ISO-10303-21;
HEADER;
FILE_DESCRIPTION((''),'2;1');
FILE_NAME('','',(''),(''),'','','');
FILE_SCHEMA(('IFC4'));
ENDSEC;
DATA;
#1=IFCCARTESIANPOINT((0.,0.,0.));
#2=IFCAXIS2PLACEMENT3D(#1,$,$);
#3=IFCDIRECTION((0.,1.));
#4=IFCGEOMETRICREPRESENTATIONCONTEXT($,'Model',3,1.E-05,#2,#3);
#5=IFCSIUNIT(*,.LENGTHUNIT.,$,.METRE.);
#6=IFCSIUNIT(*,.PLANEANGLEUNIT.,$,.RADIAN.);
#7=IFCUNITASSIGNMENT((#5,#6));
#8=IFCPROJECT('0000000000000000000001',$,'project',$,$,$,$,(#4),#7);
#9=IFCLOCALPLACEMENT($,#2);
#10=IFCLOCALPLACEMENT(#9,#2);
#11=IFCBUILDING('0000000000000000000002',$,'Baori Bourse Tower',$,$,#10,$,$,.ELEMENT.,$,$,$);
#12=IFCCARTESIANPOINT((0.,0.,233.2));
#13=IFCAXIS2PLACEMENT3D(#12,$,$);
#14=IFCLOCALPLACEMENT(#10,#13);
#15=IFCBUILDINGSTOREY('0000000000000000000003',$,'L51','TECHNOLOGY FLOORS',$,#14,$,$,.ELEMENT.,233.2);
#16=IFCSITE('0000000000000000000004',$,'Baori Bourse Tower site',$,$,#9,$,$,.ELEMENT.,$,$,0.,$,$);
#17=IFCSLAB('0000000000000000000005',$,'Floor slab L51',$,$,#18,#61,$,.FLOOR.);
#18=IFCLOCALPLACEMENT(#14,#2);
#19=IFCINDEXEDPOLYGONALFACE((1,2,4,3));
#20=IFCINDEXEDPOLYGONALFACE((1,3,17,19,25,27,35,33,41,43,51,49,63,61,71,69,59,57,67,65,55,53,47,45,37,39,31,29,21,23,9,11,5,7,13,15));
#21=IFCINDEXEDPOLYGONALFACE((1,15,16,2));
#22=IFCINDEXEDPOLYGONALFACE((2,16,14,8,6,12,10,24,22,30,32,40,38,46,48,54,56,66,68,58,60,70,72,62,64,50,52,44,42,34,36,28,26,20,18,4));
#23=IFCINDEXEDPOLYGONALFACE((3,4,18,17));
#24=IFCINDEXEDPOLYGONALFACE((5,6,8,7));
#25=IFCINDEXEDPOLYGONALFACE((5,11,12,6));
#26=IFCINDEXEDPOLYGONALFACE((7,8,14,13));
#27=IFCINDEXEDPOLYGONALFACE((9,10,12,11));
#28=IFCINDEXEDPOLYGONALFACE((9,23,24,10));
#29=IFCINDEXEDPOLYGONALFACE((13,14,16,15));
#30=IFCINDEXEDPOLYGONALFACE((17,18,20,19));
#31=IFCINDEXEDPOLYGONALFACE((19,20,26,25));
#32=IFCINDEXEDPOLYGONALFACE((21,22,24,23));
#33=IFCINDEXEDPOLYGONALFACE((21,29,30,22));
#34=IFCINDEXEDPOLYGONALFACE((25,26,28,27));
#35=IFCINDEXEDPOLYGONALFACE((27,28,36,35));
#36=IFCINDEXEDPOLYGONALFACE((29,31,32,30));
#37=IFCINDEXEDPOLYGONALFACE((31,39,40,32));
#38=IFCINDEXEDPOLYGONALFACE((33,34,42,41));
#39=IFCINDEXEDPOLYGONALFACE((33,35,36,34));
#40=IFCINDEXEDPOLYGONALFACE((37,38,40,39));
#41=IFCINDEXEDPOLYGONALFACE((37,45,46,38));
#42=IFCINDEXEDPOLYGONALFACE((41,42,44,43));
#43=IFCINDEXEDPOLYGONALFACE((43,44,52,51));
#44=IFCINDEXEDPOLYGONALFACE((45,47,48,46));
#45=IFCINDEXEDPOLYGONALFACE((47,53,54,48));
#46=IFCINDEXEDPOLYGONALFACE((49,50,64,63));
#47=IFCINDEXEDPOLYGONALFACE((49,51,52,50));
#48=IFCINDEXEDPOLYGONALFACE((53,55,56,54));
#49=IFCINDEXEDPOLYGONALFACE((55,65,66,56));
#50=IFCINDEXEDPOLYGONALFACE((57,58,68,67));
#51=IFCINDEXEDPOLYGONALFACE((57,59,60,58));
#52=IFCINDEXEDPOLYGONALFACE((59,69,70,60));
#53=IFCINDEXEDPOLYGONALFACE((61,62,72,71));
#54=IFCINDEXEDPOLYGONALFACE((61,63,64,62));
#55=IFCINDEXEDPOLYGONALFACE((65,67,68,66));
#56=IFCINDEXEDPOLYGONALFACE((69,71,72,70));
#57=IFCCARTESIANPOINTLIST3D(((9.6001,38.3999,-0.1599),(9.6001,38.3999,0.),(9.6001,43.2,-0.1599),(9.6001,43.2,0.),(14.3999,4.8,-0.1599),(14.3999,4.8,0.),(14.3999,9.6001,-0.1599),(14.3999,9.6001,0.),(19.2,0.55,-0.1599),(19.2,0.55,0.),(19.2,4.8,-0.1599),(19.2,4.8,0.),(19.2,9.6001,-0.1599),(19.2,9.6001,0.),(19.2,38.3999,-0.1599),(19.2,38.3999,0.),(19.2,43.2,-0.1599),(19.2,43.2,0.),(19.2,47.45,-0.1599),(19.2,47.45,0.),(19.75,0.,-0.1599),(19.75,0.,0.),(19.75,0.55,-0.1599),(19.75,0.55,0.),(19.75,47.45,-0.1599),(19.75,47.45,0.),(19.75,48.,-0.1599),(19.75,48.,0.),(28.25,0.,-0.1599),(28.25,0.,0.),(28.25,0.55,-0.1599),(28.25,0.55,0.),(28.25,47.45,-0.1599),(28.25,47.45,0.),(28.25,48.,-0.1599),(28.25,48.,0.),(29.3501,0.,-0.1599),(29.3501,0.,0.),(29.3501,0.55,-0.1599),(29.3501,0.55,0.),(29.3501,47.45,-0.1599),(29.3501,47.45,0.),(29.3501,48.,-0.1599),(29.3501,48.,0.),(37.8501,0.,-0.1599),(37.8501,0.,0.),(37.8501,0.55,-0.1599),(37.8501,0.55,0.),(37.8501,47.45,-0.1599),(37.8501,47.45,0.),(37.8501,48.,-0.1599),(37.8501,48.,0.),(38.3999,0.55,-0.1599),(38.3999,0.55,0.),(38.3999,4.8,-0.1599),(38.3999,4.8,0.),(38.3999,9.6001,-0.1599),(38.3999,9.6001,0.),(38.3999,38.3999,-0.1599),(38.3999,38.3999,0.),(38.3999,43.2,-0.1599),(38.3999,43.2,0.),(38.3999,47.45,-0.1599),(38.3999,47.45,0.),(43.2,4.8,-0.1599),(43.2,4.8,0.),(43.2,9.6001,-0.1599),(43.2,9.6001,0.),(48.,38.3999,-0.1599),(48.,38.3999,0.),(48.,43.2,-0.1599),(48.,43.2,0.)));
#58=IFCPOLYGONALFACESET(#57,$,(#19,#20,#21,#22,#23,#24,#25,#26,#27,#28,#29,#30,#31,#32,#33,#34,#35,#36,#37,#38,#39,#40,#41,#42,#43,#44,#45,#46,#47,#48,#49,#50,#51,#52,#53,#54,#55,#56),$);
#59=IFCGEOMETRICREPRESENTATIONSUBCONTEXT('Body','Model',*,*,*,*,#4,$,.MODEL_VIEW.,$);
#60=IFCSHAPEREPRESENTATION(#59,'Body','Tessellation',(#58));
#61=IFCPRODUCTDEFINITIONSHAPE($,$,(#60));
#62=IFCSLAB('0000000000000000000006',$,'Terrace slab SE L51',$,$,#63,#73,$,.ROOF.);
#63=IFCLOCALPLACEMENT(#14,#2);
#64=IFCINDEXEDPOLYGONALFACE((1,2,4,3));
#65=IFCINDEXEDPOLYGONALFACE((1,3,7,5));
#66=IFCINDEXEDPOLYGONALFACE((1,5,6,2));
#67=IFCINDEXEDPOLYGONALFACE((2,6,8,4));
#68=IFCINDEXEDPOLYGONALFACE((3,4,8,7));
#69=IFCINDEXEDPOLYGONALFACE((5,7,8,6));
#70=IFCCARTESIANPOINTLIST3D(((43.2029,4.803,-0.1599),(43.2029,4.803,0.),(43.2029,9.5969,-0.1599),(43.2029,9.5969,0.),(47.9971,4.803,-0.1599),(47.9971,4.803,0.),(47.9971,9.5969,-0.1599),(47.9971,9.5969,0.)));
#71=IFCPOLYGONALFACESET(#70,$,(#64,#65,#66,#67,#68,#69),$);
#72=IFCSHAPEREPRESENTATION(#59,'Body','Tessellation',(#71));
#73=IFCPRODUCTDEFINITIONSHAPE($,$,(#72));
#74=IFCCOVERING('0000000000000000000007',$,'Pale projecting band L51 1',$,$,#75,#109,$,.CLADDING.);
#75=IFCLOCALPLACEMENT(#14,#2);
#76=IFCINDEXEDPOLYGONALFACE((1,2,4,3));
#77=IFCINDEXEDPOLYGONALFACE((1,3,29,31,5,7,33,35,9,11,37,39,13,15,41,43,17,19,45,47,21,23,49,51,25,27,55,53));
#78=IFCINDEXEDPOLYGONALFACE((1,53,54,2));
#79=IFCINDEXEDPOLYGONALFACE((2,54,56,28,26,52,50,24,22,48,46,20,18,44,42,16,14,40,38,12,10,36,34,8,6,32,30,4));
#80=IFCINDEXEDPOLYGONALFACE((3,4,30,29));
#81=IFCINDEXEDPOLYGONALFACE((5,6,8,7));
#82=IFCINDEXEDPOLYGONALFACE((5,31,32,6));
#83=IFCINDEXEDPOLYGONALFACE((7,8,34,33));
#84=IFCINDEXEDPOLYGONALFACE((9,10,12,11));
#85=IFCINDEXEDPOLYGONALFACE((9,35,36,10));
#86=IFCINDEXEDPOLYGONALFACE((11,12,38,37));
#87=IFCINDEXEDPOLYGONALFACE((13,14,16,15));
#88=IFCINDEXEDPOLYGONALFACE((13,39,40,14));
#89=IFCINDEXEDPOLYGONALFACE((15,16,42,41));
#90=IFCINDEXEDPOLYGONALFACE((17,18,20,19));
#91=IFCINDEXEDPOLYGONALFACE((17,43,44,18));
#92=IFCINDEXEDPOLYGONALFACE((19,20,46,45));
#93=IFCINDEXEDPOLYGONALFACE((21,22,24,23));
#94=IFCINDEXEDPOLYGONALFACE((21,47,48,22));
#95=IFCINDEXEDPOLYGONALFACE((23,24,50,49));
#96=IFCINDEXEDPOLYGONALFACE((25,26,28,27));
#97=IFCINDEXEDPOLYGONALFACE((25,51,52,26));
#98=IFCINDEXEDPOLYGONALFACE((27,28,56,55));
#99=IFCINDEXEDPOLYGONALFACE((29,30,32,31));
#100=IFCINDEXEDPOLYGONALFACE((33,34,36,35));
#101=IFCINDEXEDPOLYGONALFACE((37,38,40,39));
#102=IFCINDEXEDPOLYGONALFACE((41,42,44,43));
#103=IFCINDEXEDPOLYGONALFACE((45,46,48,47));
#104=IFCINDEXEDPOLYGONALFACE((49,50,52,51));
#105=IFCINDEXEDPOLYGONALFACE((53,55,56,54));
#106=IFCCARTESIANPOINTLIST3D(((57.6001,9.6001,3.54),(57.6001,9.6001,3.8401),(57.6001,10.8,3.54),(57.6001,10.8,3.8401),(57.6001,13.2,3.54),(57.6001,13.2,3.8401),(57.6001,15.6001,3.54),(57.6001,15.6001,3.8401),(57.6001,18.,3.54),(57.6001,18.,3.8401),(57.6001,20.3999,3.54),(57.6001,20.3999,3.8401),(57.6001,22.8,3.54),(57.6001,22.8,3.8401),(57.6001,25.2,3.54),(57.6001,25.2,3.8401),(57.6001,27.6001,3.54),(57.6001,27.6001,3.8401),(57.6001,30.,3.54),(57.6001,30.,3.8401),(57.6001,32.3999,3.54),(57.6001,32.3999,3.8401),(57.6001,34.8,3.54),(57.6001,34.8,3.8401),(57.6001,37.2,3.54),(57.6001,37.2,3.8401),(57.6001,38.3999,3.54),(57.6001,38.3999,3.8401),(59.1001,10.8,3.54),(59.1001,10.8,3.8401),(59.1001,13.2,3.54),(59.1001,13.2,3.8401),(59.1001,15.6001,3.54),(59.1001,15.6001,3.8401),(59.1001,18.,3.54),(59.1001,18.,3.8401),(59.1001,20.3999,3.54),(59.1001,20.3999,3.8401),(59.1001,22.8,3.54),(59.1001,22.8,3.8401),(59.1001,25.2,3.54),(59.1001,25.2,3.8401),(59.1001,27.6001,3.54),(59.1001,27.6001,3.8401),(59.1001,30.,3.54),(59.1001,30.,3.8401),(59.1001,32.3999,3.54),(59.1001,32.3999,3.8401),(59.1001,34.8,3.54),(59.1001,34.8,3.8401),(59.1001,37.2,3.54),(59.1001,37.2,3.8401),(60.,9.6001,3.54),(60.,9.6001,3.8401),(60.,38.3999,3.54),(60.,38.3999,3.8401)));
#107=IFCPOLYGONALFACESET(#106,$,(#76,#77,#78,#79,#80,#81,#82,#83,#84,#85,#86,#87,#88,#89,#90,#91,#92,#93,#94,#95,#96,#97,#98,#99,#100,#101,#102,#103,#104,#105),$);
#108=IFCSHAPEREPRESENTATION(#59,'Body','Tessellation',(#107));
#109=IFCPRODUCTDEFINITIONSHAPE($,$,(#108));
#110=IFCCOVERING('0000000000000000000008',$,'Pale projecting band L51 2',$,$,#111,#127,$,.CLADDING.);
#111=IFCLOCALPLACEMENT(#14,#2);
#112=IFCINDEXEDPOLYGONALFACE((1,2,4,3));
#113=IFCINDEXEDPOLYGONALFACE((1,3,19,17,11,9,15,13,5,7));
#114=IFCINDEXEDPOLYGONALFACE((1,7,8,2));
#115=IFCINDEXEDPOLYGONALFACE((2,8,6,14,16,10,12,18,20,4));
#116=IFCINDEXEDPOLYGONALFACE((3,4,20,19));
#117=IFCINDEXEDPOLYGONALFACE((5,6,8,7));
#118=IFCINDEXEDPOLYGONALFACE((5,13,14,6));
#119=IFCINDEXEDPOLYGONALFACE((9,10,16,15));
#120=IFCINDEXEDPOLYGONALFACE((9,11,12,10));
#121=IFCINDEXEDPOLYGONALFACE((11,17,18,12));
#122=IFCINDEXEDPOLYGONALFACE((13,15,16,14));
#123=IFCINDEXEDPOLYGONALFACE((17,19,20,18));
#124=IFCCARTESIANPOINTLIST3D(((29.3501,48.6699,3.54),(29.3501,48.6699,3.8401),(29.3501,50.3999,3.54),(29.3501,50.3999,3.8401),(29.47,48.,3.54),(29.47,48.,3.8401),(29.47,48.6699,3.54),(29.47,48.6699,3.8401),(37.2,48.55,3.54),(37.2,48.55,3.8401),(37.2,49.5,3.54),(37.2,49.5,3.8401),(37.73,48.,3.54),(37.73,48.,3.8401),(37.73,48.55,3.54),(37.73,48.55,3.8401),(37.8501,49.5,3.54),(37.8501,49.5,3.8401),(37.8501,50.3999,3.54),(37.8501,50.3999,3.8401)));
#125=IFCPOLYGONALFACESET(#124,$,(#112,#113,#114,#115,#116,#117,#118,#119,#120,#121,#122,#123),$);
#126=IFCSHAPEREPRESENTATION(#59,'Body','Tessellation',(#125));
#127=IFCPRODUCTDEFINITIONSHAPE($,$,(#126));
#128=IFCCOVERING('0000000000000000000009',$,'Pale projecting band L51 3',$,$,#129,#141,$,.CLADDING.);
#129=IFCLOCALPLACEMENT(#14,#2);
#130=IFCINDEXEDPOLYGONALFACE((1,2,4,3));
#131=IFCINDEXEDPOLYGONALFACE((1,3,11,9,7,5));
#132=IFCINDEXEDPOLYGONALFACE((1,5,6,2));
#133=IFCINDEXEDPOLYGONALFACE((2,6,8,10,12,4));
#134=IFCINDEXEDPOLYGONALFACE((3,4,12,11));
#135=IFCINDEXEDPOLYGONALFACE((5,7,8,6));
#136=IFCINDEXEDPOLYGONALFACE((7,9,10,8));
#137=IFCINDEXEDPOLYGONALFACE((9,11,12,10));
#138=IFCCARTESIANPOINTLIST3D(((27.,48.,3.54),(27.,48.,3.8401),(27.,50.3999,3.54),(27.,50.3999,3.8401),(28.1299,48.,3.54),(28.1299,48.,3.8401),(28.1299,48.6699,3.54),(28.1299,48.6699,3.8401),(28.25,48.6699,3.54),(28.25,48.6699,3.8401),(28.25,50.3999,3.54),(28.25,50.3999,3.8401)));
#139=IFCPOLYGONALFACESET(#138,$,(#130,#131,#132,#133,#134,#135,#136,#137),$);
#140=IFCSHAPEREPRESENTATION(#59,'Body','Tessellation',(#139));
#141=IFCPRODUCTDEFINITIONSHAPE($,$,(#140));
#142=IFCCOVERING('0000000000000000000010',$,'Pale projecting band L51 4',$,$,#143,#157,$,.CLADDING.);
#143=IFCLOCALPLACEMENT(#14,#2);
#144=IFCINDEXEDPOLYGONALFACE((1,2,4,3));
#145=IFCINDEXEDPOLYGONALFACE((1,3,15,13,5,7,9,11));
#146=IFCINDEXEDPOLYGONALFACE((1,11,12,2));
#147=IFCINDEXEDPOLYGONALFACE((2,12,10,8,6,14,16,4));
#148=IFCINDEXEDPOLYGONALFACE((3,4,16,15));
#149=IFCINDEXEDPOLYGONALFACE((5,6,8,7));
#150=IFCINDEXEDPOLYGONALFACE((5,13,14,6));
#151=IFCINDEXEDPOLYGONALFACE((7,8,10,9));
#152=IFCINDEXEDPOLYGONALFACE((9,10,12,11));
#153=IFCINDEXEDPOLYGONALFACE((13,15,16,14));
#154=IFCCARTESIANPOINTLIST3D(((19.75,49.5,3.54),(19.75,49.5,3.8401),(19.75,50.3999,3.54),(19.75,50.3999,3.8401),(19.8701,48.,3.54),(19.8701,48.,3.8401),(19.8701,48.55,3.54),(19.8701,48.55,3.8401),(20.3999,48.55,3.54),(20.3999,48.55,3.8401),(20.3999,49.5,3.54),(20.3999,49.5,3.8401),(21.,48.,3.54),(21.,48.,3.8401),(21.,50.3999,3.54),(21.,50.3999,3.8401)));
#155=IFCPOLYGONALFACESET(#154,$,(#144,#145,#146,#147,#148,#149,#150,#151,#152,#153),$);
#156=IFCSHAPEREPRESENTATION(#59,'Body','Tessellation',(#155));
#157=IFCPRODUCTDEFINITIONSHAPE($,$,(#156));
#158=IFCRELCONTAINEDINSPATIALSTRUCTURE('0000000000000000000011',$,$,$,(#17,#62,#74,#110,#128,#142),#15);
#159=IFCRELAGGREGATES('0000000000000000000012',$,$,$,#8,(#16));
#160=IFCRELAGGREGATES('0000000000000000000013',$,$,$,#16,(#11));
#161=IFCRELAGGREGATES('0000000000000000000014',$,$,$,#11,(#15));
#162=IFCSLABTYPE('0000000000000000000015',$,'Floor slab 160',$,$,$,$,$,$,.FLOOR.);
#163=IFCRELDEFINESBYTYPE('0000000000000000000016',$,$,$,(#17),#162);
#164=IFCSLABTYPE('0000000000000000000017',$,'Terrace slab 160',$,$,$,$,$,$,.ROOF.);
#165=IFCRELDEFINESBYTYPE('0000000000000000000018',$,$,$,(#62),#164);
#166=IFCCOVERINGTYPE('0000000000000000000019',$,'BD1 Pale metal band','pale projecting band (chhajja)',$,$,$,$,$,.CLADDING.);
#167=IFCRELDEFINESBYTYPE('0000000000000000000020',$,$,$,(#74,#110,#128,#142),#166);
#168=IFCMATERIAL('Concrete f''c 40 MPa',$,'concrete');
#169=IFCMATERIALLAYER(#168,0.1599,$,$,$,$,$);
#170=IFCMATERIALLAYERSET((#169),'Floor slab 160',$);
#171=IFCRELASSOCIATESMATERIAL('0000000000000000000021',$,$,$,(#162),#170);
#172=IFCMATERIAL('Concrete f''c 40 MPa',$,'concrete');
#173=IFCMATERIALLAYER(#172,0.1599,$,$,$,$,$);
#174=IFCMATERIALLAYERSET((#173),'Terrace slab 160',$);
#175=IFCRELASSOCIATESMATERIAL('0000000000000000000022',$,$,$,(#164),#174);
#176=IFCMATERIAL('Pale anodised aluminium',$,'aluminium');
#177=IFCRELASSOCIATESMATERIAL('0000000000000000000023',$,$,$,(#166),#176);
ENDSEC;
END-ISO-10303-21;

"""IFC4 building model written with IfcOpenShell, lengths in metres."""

from ifc_helpers import new_model, si_unit, direction, frame, origin, place, context, subcontext, project, spatial, polyline, outline, extrude, material, layer, layer_set, type_object, element, save


model = new_model("IFC4")

# Units and contexts
model_context = context("Model", 3, precision=1e-05, world=origin(), true_north=direction((0.0, 1.0)))
body_context = subcontext(model_context, "Body", "Model", "MODEL_VIEW")
ifc_project = project(units=[si_unit("LENGTHUNIT", "METRE"), si_unit("PLANEANGLEUNIT", "RADIAN")], contexts=[model_context])

# Site, building, storey
site_placement = place(None, origin())
site = spatial("IfcSite", under=ifc_project, at=site_placement, Name="Baori Bourse Tower site", CompositionType="ELEMENT", RefElevation=0.0)
building_placement = place(site_placement, origin())
building = spatial("IfcBuilding", under=site, at=building_placement, Name="Baori Bourse Tower", CompositionType="ELEMENT")
storey_placement = place(building_placement, frame((0.0, 0.0, 233.2)))
storey = spatial("IfcBuildingStorey", under=building, at=storey_placement, Name="L51", Description="TECHNOLOGY FLOORS", CompositionType="ELEMENT", Elevation=233.2)

# Slabs
ifc_material_1 = material(Name="Concrete f'c 40 MPa", Category="concrete")
ifc_layer_1 = layer(ifc_material_1, 0.1599)
ifc_layer_set_1 = layer_set([ifc_layer_1], Name="Floor slab 160")
slab_type_1 = type_object("IfcSlabType", Name="Floor slab 160", PredefinedType="FLOOR", material=ifc_layer_set_1)
slab_1_placement = place(storey_placement, frame((0.0, 0.0, -0.1599)))
element("IfcSlab", 1, at=slab_1_placement, inside=storey, type_object=slab_type_1, Name="Floor slab L51", PredefinedType="FLOOR", context=body_context, shape_type="SweptSolid", body=[
    extrude(outline(polyline([(19.2, 4.8), (14.3999, 4.8), (14.3999, 9.6001), (19.2, 9.6001), (19.2, 38.3999), (9.6001, 38.3999), (9.6001, 43.2), (19.2, 43.2), (19.2, 47.45), (19.75, 47.45), (19.75, 48.0), (28.25, 48.0), (28.25, 47.45), (29.3501, 47.45), (29.3501, 48.0), (37.8501, 48.0), (37.8501, 47.45), (38.3999, 47.45), (38.3999, 43.2), (48.0, 43.2), (48.0, 38.3999), (38.3999, 38.3999), (38.3999, 9.6001), (43.2, 9.6001), (43.2, 4.8), (38.3999, 4.8), (38.3999, 0.55), (37.8501, 0.55), (37.8501, 0.0), (29.3501, 0.0), (29.3501, 0.55), (28.25, 0.55), (28.25, 0.0), (19.75, 0.0), (19.75, 0.55), (19.2, 0.55), (19.2, 4.8)])), origin(), (0.0, 0.0, 1.0), 0.1599),
])
ifc_material_2 = material(Name="Concrete f'c 40 MPa", Category="concrete")
ifc_layer_2 = layer(ifc_material_2, 0.1599)
ifc_layer_set_2 = layer_set([ifc_layer_2], Name="Terrace slab 160")
slab_type_2 = type_object("IfcSlabType", Name="Terrace slab 160", PredefinedType="ROOF", material=ifc_layer_set_2)
slab_2_placement = place(storey_placement, frame((0.0, 0.0, -0.1599)))
element("IfcSlab", 2, at=slab_2_placement, inside=storey, type_object=slab_type_2, Name="Terrace slab SE L51", PredefinedType="ROOF", context=body_context, shape_type="SweptSolid", body=[
    extrude(outline(polyline([(47.9971, 9.5969), (47.9971, 4.803), (43.2029, 4.803), (43.2029, 9.5969), (47.9971, 9.5969)])), origin(), (0.0, 0.0, 1.0), 0.1599),
])

# Coverings
ifc_material_3 = material(Name="Pale anodised aluminium", Category="aluminium")
covering_type_1 = type_object("IfcCoveringType", Name="BD1 Pale metal band", Description="pale projecting band (chhajja)", PredefinedType="CLADDING", material=ifc_material_3)
covering_1_placement = place(storey_placement, frame((0.0, 0.0, 3.54)))
element("IfcCovering", 3, at=covering_1_placement, inside=storey, type_object=covering_type_1, Name="Pale projecting band L51 1", PredefinedType="CLADDING", context=body_context, shape_type="SweptSolid", body=[
    extrude(outline(polyline([(57.6001, 10.8), (57.6001, 9.6001), (60.0, 9.6001), (60.0, 38.3999), (57.6001, 38.3999), (57.6001, 37.2), (59.1001, 37.2), (59.1001, 34.8), (57.6001, 34.8), (57.6001, 32.3999), (59.1001, 32.3999), (59.1001, 30.0), (57.6001, 30.0), (57.6001, 27.6001), (59.1001, 27.6001), (59.1001, 25.2), (57.6001, 25.2), (57.6001, 22.8), (59.1001, 22.8), (59.1001, 20.3999), (57.6001, 20.3999), (57.6001, 18.0), (59.1001, 18.0), (59.1001, 15.6001), (57.6001, 15.6001), (57.6001, 13.2), (59.1001, 13.2), (59.1001, 10.8), (57.6001, 10.8)])), origin(), (0.0, 0.0, 1.0), 0.3),
])
covering_2_placement = place(storey_placement, frame((0.0, 0.0, 3.54)))
element("IfcCovering", 4, at=covering_2_placement, inside=storey, type_object=covering_type_1, Name="Pale projecting band L51 2", PredefinedType="CLADDING", context=body_context, shape_type="SweptSolid", body=[
    extrude(outline(polyline([(29.47, 48.0), (37.73, 48.0), (37.73, 48.55), (37.2, 48.55), (37.2, 49.5), (37.8501, 49.5), (37.8501, 50.3999), (29.3501, 50.3999), (29.3501, 48.6699), (29.47, 48.6699), (29.47, 48.0)])), origin(), (0.0, 0.0, 1.0), 0.3),
])
covering_3_placement = place(storey_placement, frame((0.0, 0.0, 3.54)))
element("IfcCovering", 5, at=covering_3_placement, inside=storey, type_object=covering_type_1, Name="Pale projecting band L51 3", PredefinedType="CLADDING", context=body_context, shape_type="SweptSolid", body=[
    extrude(outline(polyline([(27.0, 48.0), (28.1299, 48.0), (28.1299, 48.6699), (28.25, 48.6699), (28.25, 50.3999), (27.0, 50.3999), (27.0, 48.0)])), origin(), (0.0, 0.0, 1.0), 0.3),
])
covering_4_placement = place(storey_placement, frame((0.0, 0.0, 3.54)))
element("IfcCovering", 6, at=covering_4_placement, inside=storey, type_object=covering_type_1, Name="Pale projecting band L51 4", PredefinedType="CLADDING", context=body_context, shape_type="SweptSolid", body=[
    extrude(outline(polyline([(19.8701, 48.0), (21.0, 48.0), (21.0, 50.3999), (19.75, 50.3999), (19.75, 49.5), (20.3999, 49.5), (20.3999, 48.55), (19.8701, 48.55), (19.8701, 48.0)])), origin(), (0.0, 0.0, 1.0), 0.3),
])

save(model, "model.ifc")
